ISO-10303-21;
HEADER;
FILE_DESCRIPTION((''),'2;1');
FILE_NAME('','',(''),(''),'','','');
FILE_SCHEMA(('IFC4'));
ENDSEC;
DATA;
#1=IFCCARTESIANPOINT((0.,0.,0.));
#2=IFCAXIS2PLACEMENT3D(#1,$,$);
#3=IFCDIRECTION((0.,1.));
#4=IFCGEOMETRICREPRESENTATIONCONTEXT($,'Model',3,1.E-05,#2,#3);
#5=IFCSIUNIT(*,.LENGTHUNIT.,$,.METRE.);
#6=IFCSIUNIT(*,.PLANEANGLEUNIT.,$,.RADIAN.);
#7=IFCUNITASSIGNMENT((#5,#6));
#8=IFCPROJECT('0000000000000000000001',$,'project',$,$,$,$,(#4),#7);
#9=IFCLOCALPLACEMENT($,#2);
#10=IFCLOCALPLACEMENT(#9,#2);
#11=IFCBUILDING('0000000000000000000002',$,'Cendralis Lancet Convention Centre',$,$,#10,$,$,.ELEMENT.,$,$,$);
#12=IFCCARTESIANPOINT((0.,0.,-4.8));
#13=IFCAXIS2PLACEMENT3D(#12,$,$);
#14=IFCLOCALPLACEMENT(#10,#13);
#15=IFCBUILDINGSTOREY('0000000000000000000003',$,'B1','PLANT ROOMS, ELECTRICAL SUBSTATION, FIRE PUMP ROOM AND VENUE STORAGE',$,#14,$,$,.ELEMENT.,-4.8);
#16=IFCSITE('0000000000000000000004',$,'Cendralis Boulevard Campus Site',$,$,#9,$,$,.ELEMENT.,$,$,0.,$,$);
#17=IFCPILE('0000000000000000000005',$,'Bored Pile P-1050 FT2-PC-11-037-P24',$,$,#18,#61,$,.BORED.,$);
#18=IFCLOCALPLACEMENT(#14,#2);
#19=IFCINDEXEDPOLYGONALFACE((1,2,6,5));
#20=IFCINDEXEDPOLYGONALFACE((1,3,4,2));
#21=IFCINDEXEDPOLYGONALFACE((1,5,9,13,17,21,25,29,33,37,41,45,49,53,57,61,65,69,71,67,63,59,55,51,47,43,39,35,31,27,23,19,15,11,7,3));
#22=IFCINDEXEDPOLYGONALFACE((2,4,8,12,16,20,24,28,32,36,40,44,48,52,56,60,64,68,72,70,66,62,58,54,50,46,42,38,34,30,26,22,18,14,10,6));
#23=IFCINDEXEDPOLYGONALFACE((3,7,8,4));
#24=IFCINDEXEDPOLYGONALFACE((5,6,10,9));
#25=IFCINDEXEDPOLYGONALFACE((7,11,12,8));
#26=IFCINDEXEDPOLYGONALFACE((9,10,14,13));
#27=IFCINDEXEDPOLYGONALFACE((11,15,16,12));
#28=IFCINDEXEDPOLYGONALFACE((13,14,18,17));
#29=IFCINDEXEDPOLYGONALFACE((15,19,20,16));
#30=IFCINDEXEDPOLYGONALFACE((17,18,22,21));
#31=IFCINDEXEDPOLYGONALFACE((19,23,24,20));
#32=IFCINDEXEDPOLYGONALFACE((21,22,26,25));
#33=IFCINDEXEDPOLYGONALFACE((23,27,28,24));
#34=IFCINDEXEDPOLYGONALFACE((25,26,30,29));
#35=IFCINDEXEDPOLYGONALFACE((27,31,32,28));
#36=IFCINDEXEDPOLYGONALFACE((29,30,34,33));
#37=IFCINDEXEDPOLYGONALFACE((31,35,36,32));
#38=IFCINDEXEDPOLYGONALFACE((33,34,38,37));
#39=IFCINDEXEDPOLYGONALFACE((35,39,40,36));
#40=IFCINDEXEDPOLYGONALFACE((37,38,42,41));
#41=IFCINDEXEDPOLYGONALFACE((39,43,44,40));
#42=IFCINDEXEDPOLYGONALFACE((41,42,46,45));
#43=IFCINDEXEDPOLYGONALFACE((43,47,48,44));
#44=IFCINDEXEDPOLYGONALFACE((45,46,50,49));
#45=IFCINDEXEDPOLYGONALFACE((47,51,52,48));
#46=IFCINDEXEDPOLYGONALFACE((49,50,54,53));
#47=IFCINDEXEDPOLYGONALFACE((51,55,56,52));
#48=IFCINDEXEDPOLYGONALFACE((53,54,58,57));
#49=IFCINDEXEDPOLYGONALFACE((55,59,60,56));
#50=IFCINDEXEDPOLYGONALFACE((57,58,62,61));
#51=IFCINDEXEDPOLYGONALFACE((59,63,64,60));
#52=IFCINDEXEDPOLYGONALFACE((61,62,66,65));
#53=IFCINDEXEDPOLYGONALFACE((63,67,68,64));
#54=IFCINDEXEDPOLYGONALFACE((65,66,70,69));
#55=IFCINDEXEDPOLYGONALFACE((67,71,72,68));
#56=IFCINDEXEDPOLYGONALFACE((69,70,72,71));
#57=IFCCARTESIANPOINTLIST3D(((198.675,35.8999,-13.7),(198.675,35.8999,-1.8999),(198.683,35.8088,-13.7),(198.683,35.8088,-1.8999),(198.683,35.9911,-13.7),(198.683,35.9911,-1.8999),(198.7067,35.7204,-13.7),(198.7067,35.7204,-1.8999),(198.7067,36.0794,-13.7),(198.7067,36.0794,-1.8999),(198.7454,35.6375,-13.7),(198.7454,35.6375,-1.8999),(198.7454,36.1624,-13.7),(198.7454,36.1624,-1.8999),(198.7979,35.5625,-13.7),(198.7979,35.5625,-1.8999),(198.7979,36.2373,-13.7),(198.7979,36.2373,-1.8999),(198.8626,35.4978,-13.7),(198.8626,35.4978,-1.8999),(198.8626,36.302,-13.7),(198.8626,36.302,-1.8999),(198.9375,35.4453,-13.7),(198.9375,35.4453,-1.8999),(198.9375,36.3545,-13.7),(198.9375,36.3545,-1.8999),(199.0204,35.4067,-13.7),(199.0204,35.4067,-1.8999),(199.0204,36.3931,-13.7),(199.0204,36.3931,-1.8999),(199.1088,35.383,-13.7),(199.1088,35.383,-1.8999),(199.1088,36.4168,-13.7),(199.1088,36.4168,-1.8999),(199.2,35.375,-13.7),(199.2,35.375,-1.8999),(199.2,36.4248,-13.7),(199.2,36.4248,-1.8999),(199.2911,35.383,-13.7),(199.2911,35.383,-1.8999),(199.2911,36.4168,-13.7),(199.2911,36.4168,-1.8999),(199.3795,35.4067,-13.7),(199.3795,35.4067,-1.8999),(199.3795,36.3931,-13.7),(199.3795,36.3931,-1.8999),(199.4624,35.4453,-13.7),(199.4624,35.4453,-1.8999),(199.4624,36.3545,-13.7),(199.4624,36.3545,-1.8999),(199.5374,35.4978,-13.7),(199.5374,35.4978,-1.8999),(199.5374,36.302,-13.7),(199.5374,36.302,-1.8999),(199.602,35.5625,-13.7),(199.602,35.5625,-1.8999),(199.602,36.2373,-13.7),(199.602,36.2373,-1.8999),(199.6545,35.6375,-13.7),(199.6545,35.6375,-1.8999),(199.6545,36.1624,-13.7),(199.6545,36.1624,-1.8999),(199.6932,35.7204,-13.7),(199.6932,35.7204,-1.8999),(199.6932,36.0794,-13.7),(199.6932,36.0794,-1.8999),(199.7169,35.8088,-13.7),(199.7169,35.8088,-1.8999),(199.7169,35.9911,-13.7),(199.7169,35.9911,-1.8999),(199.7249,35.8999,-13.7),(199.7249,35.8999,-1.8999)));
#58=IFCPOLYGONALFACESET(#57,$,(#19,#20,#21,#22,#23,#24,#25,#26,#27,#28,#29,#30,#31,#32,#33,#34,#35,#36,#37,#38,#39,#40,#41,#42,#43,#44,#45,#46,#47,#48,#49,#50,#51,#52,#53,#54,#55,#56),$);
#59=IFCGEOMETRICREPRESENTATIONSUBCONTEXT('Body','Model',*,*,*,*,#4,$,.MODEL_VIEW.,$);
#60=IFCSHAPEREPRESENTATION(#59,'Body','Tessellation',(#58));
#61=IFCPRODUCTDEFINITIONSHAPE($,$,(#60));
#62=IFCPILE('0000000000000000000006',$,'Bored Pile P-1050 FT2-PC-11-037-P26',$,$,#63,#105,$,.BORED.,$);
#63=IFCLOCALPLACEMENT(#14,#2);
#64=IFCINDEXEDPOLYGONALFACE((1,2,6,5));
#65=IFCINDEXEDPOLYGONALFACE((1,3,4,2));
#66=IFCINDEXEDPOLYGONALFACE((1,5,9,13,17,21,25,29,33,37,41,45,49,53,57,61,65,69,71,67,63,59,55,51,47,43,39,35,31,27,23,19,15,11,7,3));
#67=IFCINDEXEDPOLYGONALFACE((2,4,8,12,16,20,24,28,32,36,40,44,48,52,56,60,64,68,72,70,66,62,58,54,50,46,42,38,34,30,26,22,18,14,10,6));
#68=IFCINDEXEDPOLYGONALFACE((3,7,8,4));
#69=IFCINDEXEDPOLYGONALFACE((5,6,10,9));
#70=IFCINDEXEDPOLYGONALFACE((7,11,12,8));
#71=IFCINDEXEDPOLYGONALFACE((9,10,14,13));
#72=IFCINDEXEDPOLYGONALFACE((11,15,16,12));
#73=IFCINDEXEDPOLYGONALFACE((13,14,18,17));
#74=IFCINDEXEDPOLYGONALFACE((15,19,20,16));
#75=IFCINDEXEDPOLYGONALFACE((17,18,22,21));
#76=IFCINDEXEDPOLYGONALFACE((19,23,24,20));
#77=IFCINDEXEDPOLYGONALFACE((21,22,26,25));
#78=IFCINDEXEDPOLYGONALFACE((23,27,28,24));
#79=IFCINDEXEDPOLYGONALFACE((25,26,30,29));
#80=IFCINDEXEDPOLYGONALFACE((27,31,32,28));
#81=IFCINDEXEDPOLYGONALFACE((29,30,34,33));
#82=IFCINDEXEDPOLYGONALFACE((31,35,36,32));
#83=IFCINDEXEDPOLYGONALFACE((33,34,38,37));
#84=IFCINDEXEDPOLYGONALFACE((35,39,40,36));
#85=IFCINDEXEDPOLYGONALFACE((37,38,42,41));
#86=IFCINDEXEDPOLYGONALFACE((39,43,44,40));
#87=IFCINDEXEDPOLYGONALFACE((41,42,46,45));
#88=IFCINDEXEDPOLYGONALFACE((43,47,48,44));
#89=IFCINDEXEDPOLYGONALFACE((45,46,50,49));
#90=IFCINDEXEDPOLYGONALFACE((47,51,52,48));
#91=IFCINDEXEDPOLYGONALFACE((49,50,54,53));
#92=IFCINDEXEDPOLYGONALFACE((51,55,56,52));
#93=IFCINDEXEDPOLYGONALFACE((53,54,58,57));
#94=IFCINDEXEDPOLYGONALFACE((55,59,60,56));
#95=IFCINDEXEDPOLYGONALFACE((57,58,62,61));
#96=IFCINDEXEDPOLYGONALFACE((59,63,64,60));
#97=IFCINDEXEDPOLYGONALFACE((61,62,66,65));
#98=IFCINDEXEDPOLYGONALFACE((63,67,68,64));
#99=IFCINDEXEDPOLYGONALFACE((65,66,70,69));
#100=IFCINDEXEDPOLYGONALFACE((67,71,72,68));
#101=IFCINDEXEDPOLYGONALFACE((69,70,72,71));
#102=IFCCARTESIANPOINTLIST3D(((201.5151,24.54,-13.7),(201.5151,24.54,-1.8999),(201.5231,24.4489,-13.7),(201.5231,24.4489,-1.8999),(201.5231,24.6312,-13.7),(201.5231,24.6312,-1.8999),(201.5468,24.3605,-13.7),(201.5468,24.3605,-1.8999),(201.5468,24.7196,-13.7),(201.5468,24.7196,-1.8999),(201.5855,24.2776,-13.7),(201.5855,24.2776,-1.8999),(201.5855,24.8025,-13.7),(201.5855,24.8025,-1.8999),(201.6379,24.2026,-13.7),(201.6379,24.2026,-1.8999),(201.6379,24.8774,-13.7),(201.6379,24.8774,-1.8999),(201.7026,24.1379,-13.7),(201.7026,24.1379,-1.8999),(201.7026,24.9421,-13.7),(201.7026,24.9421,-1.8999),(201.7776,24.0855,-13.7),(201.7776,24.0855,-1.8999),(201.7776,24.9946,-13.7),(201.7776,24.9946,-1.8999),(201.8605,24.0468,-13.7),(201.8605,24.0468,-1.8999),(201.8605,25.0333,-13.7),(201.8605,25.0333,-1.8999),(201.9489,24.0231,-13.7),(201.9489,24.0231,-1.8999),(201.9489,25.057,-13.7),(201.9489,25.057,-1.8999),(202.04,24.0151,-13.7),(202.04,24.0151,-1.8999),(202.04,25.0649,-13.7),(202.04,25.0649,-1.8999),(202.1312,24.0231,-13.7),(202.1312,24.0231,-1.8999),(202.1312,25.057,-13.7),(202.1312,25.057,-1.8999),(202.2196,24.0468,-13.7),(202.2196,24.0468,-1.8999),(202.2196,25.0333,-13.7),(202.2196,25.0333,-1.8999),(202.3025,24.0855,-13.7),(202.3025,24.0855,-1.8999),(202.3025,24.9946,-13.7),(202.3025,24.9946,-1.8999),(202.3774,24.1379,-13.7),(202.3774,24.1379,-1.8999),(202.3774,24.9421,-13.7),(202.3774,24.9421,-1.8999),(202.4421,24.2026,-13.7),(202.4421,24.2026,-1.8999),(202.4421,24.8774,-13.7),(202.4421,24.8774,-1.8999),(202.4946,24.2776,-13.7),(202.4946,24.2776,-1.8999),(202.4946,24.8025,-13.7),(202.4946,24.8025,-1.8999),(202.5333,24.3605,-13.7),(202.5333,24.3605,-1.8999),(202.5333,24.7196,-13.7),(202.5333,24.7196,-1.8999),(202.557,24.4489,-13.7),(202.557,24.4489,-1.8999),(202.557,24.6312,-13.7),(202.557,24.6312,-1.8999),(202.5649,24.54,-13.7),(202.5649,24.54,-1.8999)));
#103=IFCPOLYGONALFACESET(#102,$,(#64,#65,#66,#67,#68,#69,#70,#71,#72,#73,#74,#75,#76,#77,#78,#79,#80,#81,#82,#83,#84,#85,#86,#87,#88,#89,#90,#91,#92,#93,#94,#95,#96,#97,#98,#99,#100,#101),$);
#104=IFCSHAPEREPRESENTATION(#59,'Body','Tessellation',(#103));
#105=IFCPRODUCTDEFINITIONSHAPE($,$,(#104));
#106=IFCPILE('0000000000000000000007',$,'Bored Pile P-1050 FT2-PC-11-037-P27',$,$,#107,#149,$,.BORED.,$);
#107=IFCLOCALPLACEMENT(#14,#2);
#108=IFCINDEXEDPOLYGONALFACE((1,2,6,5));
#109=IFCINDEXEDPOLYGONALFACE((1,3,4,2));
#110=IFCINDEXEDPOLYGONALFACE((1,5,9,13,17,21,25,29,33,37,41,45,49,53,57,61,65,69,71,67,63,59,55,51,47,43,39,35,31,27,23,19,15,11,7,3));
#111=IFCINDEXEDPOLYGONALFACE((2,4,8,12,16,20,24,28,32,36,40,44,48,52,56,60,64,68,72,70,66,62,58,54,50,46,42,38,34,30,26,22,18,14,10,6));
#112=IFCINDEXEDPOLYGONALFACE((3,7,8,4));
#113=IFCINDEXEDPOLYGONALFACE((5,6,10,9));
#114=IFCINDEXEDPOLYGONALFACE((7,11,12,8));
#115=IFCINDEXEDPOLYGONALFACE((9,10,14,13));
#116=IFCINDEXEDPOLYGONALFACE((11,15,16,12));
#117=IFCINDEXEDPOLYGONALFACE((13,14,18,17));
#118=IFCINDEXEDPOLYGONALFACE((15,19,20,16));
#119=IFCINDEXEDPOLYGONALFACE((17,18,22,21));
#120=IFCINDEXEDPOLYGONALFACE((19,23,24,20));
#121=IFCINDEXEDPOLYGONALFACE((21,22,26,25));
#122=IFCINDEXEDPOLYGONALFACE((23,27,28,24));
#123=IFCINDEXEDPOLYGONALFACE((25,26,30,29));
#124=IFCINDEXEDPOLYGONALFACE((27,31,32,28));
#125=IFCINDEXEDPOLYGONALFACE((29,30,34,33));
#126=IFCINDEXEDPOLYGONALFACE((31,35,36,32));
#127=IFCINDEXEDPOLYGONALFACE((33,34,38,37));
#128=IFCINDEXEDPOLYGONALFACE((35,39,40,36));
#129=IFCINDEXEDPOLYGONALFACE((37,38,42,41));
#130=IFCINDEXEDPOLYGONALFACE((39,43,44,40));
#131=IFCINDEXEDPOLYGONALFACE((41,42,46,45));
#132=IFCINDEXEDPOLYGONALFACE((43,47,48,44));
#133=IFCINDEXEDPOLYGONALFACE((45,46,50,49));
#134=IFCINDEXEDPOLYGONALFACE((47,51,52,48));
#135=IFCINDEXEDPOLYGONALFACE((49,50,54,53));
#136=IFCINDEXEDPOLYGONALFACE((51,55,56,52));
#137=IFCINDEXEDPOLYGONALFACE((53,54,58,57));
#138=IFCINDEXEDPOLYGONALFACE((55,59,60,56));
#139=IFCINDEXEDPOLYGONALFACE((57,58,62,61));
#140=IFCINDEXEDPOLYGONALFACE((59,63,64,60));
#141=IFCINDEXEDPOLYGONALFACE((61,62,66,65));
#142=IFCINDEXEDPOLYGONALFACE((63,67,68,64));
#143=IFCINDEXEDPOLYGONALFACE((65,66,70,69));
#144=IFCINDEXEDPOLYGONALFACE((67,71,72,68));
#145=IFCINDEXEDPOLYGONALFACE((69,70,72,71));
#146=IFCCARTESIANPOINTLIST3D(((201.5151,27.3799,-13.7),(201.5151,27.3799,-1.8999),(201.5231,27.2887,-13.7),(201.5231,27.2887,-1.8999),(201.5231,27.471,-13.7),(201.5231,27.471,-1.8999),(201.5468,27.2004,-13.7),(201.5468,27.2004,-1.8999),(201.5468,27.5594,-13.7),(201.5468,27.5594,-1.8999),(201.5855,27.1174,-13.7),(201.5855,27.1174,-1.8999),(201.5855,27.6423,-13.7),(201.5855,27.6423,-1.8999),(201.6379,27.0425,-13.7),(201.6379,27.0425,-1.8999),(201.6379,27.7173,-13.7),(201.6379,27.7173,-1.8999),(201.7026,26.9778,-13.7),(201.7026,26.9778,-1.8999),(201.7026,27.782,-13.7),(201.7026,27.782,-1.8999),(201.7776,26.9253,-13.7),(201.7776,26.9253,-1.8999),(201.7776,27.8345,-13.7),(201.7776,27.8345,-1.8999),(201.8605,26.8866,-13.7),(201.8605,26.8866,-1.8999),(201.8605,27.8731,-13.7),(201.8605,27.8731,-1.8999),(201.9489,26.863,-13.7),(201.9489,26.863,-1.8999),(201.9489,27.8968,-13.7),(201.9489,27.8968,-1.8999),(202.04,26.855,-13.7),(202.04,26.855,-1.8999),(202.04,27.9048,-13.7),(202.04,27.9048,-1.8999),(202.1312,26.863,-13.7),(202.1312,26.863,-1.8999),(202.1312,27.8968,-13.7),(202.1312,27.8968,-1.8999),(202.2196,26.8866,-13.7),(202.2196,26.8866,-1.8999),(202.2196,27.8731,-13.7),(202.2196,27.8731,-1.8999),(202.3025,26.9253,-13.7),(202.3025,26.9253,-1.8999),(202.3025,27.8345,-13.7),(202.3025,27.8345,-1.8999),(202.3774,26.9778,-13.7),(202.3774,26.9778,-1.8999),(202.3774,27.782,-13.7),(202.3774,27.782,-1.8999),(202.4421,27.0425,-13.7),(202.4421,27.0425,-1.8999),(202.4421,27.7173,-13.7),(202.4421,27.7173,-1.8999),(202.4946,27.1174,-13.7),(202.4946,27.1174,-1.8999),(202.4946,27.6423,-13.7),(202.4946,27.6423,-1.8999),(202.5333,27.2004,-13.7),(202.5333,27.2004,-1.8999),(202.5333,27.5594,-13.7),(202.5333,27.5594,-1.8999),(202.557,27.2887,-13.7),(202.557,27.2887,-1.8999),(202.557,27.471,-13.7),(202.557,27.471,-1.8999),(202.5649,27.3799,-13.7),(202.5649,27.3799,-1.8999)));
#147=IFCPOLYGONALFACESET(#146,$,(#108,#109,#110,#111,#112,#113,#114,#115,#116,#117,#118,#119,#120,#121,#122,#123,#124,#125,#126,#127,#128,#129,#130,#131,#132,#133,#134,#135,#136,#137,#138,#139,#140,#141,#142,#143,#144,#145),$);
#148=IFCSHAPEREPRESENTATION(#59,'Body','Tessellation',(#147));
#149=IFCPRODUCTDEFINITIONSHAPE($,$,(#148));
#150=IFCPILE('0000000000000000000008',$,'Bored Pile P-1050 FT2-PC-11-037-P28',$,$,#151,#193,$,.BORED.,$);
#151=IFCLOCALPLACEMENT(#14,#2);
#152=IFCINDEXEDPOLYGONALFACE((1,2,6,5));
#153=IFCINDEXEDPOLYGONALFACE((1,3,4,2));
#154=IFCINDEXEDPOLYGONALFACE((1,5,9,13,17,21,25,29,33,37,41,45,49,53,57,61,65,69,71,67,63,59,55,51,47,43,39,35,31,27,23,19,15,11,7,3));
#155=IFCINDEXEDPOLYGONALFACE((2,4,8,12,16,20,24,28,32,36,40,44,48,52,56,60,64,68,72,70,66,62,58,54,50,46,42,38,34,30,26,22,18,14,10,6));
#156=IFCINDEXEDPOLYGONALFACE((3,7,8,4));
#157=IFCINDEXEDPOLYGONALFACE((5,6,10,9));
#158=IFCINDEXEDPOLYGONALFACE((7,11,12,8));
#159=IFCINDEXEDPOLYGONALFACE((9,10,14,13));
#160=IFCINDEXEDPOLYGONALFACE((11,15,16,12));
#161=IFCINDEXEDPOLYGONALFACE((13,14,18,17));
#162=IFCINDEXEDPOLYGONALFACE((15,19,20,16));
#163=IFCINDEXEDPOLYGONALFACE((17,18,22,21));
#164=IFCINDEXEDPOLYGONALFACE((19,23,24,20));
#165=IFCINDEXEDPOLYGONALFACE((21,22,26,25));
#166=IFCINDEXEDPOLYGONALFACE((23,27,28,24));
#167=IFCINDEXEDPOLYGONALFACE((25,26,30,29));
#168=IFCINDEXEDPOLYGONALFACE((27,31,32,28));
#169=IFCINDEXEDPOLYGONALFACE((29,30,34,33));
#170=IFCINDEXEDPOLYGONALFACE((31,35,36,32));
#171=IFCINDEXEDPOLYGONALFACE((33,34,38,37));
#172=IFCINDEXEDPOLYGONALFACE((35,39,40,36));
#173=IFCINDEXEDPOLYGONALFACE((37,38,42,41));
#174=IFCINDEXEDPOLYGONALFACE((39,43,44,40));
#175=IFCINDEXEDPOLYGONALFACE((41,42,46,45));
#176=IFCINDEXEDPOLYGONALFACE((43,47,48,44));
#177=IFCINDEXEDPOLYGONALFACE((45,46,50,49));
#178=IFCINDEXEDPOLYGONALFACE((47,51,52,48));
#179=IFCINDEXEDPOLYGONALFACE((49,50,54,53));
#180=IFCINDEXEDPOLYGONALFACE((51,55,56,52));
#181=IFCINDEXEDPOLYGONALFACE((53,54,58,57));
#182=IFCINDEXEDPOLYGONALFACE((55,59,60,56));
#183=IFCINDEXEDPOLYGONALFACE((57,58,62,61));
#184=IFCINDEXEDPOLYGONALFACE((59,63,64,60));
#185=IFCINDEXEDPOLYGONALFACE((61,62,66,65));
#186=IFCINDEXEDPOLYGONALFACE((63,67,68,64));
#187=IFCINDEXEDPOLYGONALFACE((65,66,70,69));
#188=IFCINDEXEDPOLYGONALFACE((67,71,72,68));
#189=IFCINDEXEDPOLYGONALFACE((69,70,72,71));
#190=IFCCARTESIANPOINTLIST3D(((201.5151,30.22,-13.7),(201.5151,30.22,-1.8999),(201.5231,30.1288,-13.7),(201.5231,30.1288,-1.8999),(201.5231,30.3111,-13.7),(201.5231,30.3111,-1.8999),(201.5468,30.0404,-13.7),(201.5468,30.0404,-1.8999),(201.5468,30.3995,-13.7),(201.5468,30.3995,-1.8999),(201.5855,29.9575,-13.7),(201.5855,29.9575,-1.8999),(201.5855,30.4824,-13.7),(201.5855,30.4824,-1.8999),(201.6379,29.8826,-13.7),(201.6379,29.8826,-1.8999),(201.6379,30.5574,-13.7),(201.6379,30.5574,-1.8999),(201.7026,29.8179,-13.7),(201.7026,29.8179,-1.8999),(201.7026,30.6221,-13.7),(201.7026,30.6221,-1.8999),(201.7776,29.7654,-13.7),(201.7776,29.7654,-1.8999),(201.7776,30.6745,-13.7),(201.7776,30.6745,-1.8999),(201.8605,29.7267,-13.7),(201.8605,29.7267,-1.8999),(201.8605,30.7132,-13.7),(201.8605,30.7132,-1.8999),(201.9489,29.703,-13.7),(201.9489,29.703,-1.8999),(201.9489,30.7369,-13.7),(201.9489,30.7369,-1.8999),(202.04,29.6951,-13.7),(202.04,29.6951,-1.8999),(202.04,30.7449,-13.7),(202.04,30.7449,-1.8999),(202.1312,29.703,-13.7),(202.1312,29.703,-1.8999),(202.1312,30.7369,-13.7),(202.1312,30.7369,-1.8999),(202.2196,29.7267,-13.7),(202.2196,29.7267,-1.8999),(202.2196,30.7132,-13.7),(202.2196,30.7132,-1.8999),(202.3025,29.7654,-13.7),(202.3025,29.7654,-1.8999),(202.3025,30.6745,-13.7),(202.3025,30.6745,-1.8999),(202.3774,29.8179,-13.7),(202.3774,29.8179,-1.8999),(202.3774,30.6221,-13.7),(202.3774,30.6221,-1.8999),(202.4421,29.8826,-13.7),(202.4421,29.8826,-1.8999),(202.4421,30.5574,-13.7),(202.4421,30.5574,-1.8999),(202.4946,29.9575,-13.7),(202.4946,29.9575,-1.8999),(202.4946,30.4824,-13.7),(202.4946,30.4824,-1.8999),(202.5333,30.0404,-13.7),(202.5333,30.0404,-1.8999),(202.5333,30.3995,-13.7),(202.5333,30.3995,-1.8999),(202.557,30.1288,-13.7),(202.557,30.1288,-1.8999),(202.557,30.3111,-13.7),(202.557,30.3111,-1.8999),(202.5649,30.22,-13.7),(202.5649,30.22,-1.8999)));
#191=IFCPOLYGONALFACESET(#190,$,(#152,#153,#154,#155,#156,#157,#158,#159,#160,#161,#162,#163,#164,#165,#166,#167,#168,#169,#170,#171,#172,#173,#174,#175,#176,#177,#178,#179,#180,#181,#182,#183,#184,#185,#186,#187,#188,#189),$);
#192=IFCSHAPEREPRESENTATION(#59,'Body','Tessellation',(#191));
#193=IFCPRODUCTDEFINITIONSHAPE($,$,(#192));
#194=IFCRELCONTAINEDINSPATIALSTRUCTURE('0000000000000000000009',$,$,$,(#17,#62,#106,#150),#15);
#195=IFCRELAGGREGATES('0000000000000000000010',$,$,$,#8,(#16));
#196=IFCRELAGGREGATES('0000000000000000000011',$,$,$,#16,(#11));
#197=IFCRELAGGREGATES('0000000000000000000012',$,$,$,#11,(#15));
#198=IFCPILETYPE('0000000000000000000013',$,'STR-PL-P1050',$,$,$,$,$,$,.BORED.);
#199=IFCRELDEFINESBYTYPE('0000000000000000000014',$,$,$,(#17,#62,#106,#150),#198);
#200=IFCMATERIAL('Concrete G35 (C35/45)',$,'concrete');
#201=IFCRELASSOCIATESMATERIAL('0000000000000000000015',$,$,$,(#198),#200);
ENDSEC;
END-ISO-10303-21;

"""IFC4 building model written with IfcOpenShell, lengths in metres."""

from ifc_helpers import new_model, si_unit, direction, frame, origin, origin_2d, place, context, subcontext, project, spatial, circle, extrude, material, material_profile, profile_set, type_object, element, save


model = new_model("IFC4")

# Units and contexts
model_context = context("Model", 3, precision=1e-05, world=origin(), true_north=direction((0.0, 1.0)))
body_context = subcontext(model_context, "Body", "Model", "MODEL_VIEW")
ifc_project = project(units=[si_unit("LENGTHUNIT", "METRE"), si_unit("PLANEANGLEUNIT", "RADIAN")], contexts=[model_context])

# Site, building, storey
site_placement = place(None, origin())
site = spatial("IfcSite", under=ifc_project, at=site_placement, Name="Cendralis Boulevard Campus Site", CompositionType="ELEMENT", RefElevation=0.0)
building_placement = place(site_placement, origin())
building = spatial("IfcBuilding", under=site, at=building_placement, Name="Cendralis Lancet Convention Centre", CompositionType="ELEMENT")
storey_placement = place(building_placement, frame((0.0, 0.0, -4.8)))
storey = spatial("IfcBuildingStorey", under=building, at=storey_placement, Name="B1", Description="PLANT ROOMS, ELECTRICAL SUBSTATION, FIRE PUMP ROOM AND VENUE STORAGE", CompositionType="ELEMENT", Elevation=-4.8)

# Piles
ifc_material_1 = material(Name="Concrete G35 (C35/45)", Category="concrete")
ifc_material_profile_1 = material_profile(ifc_material_1, circle(Radius=0.5249, at=origin_2d()), Name="BORED PILE D1050")
ifc_profile_set_1 = profile_set([ifc_material_profile_1], Name="Concrete G35 (C35/45)")
pile_type = type_object("IfcPileType", Name="STR-PL-P1050", PredefinedType="BORED", material=ifc_profile_set_1)
for number, where, z_axis, x_axis, name in (
    (1, (199.2, 35.8999, -1.8999), (0.0, 0.0, -1.0), (1.0, 0.0, 0.0), "Bored Pile P-1050 FT2-PC-11-037-P24"),
    (2, (202.04, 24.54, -1.8999), (0.0, 0.0, -1.0), (1.0, 0.0, 0.0), "Bored Pile P-1050 FT2-PC-11-037-P26"),
    (3, (202.04, 27.3799, -1.8999), (0.0, 0.0, -1.0), (1.0, 0.0, 0.0), "Bored Pile P-1050 FT2-PC-11-037-P27"),
    (4, (202.04, 30.22, -1.8999), (0.0, 0.0, -1.0), (1.0, 0.0, 0.0), "Bored Pile P-1050 FT2-PC-11-037-P28"),
):
    element("IfcPile", number, at=place(storey_placement, frame(where, z_axis=z_axis, x_axis=x_axis)), inside=storey, type_object=pile_type, Name=name, PredefinedType="BORED", context=body_context, shape_type="SweptSolid", body=[
        extrude(circle(Radius=0.5249, at=origin_2d()), origin(), (0.0, 0.0, 1.0), 11.8),
    ])

save(model, "model.ifc")
